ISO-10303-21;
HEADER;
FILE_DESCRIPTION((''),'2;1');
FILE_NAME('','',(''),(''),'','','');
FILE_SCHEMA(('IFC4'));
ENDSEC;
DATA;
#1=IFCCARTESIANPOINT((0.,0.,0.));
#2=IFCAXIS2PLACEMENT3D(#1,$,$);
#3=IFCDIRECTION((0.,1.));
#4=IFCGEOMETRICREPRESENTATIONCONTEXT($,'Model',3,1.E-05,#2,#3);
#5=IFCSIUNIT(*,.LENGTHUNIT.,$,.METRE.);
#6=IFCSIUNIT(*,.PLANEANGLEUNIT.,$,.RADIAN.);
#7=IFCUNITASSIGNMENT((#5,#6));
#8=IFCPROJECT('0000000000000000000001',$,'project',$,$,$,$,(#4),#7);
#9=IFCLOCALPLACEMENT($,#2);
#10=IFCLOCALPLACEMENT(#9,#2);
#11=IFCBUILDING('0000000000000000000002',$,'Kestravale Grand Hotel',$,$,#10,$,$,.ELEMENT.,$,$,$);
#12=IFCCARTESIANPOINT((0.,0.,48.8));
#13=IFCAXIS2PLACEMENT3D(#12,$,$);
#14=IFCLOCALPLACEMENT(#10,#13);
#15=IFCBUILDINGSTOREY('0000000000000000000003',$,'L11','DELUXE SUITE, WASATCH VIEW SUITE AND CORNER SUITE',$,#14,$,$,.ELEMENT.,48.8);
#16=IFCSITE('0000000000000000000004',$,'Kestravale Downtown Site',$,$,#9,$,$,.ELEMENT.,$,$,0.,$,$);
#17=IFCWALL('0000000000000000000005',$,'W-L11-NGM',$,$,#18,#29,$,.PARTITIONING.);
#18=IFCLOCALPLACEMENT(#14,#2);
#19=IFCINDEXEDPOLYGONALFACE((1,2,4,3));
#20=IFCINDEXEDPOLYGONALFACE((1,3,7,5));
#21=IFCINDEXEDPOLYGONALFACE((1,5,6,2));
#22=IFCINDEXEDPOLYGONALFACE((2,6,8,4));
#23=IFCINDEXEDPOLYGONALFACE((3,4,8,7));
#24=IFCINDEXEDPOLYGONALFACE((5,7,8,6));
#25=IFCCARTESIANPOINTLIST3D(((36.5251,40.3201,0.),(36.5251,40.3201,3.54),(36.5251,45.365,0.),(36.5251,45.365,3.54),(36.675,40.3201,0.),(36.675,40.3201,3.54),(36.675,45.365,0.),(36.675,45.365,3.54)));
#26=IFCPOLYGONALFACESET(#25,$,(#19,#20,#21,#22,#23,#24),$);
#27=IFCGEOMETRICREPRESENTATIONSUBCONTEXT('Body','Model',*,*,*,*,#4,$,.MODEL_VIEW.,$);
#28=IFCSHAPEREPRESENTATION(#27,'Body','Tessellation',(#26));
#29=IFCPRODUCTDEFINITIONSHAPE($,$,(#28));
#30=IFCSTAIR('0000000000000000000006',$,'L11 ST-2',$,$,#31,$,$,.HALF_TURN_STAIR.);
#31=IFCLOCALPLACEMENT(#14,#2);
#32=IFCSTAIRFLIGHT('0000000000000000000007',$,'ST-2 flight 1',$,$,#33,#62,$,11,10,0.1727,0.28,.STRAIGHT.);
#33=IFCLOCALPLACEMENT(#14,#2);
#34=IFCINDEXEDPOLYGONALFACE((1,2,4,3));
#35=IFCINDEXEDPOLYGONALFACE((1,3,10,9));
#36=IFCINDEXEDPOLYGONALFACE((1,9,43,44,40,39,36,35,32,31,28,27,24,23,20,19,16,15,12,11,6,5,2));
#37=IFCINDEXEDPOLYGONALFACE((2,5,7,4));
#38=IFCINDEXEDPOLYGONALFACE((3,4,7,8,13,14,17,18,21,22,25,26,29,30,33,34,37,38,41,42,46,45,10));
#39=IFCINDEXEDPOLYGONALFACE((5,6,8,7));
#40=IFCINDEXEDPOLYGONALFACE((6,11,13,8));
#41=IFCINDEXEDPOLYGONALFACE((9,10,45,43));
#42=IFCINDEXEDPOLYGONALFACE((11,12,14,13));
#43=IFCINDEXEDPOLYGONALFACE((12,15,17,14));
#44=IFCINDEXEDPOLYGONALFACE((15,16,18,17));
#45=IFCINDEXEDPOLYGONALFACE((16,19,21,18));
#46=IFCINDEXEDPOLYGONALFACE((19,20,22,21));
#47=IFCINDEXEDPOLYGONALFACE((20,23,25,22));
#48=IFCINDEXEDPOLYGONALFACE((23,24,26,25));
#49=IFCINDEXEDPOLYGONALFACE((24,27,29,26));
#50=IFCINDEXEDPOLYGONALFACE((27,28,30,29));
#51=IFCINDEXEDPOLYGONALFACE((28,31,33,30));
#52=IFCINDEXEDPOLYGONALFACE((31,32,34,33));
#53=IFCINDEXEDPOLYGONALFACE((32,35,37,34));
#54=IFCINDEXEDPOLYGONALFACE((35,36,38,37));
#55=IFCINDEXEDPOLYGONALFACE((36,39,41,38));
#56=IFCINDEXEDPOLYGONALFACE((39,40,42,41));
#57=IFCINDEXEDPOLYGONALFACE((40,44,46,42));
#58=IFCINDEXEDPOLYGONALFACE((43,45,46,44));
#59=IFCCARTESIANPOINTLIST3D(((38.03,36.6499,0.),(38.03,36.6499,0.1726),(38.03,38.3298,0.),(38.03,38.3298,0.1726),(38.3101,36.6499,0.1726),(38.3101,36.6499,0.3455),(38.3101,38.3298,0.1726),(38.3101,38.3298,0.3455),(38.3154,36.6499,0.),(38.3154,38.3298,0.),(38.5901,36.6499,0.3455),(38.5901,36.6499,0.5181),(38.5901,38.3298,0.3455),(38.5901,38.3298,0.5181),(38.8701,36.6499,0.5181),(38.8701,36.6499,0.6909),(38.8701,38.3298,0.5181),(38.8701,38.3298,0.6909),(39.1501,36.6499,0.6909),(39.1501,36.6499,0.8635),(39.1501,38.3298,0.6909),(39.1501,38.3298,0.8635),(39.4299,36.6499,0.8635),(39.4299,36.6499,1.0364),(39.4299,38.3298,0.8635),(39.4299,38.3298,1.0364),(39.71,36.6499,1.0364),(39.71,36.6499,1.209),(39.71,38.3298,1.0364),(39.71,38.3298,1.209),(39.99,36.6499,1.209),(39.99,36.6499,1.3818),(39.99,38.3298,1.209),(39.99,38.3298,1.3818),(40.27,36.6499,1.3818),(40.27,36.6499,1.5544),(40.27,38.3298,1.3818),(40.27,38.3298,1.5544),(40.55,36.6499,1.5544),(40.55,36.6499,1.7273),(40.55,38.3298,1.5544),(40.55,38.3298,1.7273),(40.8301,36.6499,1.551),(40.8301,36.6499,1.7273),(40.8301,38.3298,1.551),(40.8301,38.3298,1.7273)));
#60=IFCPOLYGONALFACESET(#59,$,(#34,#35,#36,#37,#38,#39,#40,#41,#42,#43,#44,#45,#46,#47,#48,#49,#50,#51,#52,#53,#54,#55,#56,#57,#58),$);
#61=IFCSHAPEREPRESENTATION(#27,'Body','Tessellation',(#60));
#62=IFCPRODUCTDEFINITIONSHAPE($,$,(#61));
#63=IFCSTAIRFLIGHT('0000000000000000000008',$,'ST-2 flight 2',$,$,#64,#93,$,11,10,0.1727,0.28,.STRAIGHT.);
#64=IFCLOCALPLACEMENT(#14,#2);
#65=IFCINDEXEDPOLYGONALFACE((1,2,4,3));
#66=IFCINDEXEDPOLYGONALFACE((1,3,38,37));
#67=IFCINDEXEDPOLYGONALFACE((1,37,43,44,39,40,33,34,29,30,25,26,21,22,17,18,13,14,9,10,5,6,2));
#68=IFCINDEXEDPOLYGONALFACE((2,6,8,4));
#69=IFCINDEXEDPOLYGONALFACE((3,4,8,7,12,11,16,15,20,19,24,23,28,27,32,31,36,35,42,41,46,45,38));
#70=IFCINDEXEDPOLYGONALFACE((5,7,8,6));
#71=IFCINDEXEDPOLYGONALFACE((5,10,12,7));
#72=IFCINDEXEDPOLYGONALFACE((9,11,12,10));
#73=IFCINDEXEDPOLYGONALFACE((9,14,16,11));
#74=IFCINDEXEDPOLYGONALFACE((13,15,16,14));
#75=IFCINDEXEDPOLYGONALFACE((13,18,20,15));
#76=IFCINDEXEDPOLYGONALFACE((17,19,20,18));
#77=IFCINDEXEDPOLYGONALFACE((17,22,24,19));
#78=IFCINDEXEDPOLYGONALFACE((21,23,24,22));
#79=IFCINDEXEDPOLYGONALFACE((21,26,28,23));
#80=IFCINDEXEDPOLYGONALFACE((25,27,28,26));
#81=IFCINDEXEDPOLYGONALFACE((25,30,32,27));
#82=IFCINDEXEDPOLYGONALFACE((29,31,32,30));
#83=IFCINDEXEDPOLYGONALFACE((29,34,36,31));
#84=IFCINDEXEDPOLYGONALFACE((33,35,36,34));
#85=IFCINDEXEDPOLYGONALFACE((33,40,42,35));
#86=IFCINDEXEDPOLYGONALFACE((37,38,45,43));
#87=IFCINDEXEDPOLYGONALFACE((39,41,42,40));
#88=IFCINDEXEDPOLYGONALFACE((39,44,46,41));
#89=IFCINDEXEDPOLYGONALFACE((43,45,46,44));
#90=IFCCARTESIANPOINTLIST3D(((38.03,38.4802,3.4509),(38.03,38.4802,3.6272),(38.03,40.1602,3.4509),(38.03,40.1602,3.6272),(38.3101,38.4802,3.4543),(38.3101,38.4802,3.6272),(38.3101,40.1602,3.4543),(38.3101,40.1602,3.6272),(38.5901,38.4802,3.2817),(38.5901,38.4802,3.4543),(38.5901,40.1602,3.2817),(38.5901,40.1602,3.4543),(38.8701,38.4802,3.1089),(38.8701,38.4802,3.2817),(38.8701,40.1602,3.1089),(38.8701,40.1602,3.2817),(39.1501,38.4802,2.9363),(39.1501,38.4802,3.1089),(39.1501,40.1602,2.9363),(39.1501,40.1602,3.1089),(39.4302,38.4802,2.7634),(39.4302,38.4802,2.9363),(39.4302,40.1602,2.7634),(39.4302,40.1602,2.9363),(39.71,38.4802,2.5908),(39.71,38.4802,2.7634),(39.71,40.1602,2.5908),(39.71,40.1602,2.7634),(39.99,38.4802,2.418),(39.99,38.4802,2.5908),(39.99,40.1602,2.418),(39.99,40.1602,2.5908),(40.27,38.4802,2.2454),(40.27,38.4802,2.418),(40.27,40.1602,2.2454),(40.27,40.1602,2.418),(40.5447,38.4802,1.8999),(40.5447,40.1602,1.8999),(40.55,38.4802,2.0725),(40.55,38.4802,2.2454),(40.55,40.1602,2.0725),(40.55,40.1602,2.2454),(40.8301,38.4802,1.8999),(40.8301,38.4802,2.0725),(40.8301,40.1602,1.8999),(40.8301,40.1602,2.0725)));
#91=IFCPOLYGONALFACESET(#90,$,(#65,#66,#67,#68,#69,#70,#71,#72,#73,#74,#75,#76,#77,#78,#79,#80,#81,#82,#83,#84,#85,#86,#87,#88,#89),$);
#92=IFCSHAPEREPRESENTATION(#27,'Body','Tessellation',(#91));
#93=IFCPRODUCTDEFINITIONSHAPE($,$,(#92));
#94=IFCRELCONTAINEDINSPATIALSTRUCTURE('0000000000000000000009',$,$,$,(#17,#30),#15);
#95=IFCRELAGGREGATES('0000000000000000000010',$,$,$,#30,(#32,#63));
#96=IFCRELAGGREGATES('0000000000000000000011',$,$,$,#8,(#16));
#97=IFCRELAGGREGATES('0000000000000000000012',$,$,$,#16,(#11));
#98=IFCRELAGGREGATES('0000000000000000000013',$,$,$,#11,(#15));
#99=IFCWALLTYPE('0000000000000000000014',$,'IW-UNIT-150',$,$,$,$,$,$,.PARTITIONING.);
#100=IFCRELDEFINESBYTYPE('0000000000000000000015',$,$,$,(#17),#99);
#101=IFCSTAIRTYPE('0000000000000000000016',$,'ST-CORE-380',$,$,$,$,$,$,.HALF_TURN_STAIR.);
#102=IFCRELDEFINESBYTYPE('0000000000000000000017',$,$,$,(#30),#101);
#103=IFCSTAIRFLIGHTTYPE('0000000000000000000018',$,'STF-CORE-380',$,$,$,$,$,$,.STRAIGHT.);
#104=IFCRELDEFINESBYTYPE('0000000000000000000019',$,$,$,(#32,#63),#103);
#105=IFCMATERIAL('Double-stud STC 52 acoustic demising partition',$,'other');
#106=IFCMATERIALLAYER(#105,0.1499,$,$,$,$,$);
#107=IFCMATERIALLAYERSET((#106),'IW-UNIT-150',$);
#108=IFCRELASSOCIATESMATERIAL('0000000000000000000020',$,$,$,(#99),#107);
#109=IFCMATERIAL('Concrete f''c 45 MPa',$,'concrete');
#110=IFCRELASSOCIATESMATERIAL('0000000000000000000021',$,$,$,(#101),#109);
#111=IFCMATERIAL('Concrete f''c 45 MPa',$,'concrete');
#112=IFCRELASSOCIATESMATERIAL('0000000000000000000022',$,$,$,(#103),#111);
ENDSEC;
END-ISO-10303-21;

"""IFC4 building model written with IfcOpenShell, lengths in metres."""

from ifc_helpers import new_model, si_unit, direction, frame, frame_2d, origin, place, context, subcontext, project, spatial, polyline, rectangle, outline, extrude, material, layer, layer_set, type_object, element, aggregate, save


model = new_model("IFC4")

# Units and contexts
model_context = context("Model", 3, precision=1e-05, world=origin(), true_north=direction((0.0, 1.0)))
body_context = subcontext(model_context, "Body", "Model", "MODEL_VIEW")
ifc_project = project(units=[si_unit("LENGTHUNIT", "METRE"), si_unit("PLANEANGLEUNIT", "RADIAN")], contexts=[model_context])

# Site, building, storey
site_placement = place(None, origin())
site = spatial("IfcSite", under=ifc_project, at=site_placement, Name="Kestravale Downtown Site", CompositionType="ELEMENT", RefElevation=0.0)
building_placement = place(site_placement, origin())
building = spatial("IfcBuilding", under=site, at=building_placement, Name="Kestravale Grand Hotel", CompositionType="ELEMENT")
storey_placement = place(building_placement, frame((0.0, 0.0, 48.8)))
storey = spatial("IfcBuildingStorey", under=building, at=storey_placement, Name="L11", Description="DELUXE SUITE, WASATCH VIEW SUITE AND CORNER SUITE", CompositionType="ELEMENT", Elevation=48.8)

# Wall
ifc_material_1 = material(Name="Double-stud STC 52 acoustic demising partition", Category="other")
ifc_layer_1 = layer(ifc_material_1, 0.1499)
ifc_layer_set_1 = layer_set([ifc_layer_1], Name="IW-UNIT-150")
wall_type_1 = type_object("IfcWallType", Name="IW-UNIT-150", PredefinedType="PARTITIONING", material=ifc_layer_set_1)
wall_1_placement = place(storey_placement, frame((36.6001, 40.3201, 0.0), z_axis=(0.0, 0.0, 1.0), x_axis=(0.0, 1.0, 0.0)))
element("IfcWall", 1, at=wall_1_placement, inside=storey, type_object=wall_type_1, Name="W-L11-NGM", PredefinedType="PARTITIONING", context=body_context, shape_type="SweptSolid", body=[
    extrude(rectangle(XDim=5.0449, YDim=0.1499, at=frame_2d((2.5225, 0.0))), origin(), (0.0, 0.0, 1.0), 3.54),
])

# Stair, stair flights
ifc_material_2 = material(Name="Concrete f'c 45 MPa", Category="concrete")
stair_type = type_object("IfcStairType", Name="ST-CORE-380", PredefinedType="HALF_TURN_STAIR", material=ifc_material_2)
stair_placement = place(storey_placement, origin())
stair = element("IfcStair", 2, at=stair_placement, inside=storey, type_object=stair_type, Name="L11 ST-2", PredefinedType="HALF_TURN_STAIR")
ifc_material_3 = material(Name="Concrete f'c 45 MPa", Category="concrete")
stair_flight_type = type_object("IfcStairFlightType", Name="STF-CORE-380", PredefinedType="STRAIGHT", material=ifc_material_3)
stair_flight_1_placement = place(storey_placement, frame((38.03, 37.49, 0.0), z_axis=(0.0, 0.0, 1.0), x_axis=(1.0, 0.0, 0.0)))
stair_flight_1 = element("IfcStairFlight", 3, at=stair_flight_1_placement, type_object=stair_flight_type, Name="ST-2 flight 1", NumberOfRisers=11, NumberOfTreads=10, PredefinedType="STRAIGHT", RiserHeight=0.1727, TreadLength=0.28, context=body_context, shape_type="SweptSolid", body=[
    extrude(outline(polyline([(0.0, 0.0), (0.0, 0.1726), (0.28, 0.1726), (0.28, 0.3455), (0.5601, 0.3455), (0.5601, 0.5181), (0.8401, 0.5181), (0.8401, 0.6909), (1.1201, 0.6909), (1.1201, 0.8635), (1.3999, 0.8635), (1.3999, 1.0364), (1.6799, 1.0364), (1.6799, 1.209), (1.96, 1.209), (1.96, 1.3818), (2.24, 1.3818), (2.24, 1.5544), (2.52, 1.5544), (2.52, 1.7273), (2.8, 1.7273), (2.8, 1.8999), (2.8, 1.551), (0.2854, 0.0), (0.0, 0.0)])), frame((0.0, 0.8398, 0.0), z_axis=(0.0, -1.0, 0.0), x_axis=(1.0, 0.0, 0.0)), (0.0, 0.0, 1.0), 1.6799),
])
stair_flight_2_placement = place(storey_placement, frame((40.8301, 39.3201, 1.8999), z_axis=(0.0, 0.0, 1.0), x_axis=(-1.0, 0.0, 0.0)))
stair_flight_2 = element("IfcStairFlight", 4, at=stair_flight_2_placement, type_object=stair_flight_type, Name="ST-2 flight 2", NumberOfRisers=11, NumberOfTreads=10, PredefinedType="STRAIGHT", RiserHeight=0.1727, TreadLength=0.28, context=body_context, shape_type="SweptSolid", body=[
    extrude(outline(polyline([(0.0, 0.0), (0.0, 0.1726), (0.28, 0.1726), (0.28, 0.3455), (0.5601, 0.3455), (0.5601, 0.5181), (0.8401, 0.5181), (0.8401, 0.6909), (1.1201, 0.6909), (1.1201, 0.8635), (1.3999, 0.8635), (1.3999, 1.0364), (1.6799, 1.0364), (1.6799, 1.209), (1.96, 1.209), (1.96, 1.3818), (2.24, 1.3818), (2.24, 1.5544), (2.52, 1.5544), (2.52, 1.7273), (2.8, 1.7273), (2.8, 1.8999), (2.8, 1.551), (0.2854, 0.0), (0.0, 0.0)])), frame((0.0, 0.8398, 0.0), z_axis=(0.0, -1.0, 0.0), x_axis=(1.0, 0.0, 0.0)), (0.0, 0.0, 1.0), 1.6799),
])
aggregate(stair, [stair_flight_1, stair_flight_2])

save(model, "model.ifc")
